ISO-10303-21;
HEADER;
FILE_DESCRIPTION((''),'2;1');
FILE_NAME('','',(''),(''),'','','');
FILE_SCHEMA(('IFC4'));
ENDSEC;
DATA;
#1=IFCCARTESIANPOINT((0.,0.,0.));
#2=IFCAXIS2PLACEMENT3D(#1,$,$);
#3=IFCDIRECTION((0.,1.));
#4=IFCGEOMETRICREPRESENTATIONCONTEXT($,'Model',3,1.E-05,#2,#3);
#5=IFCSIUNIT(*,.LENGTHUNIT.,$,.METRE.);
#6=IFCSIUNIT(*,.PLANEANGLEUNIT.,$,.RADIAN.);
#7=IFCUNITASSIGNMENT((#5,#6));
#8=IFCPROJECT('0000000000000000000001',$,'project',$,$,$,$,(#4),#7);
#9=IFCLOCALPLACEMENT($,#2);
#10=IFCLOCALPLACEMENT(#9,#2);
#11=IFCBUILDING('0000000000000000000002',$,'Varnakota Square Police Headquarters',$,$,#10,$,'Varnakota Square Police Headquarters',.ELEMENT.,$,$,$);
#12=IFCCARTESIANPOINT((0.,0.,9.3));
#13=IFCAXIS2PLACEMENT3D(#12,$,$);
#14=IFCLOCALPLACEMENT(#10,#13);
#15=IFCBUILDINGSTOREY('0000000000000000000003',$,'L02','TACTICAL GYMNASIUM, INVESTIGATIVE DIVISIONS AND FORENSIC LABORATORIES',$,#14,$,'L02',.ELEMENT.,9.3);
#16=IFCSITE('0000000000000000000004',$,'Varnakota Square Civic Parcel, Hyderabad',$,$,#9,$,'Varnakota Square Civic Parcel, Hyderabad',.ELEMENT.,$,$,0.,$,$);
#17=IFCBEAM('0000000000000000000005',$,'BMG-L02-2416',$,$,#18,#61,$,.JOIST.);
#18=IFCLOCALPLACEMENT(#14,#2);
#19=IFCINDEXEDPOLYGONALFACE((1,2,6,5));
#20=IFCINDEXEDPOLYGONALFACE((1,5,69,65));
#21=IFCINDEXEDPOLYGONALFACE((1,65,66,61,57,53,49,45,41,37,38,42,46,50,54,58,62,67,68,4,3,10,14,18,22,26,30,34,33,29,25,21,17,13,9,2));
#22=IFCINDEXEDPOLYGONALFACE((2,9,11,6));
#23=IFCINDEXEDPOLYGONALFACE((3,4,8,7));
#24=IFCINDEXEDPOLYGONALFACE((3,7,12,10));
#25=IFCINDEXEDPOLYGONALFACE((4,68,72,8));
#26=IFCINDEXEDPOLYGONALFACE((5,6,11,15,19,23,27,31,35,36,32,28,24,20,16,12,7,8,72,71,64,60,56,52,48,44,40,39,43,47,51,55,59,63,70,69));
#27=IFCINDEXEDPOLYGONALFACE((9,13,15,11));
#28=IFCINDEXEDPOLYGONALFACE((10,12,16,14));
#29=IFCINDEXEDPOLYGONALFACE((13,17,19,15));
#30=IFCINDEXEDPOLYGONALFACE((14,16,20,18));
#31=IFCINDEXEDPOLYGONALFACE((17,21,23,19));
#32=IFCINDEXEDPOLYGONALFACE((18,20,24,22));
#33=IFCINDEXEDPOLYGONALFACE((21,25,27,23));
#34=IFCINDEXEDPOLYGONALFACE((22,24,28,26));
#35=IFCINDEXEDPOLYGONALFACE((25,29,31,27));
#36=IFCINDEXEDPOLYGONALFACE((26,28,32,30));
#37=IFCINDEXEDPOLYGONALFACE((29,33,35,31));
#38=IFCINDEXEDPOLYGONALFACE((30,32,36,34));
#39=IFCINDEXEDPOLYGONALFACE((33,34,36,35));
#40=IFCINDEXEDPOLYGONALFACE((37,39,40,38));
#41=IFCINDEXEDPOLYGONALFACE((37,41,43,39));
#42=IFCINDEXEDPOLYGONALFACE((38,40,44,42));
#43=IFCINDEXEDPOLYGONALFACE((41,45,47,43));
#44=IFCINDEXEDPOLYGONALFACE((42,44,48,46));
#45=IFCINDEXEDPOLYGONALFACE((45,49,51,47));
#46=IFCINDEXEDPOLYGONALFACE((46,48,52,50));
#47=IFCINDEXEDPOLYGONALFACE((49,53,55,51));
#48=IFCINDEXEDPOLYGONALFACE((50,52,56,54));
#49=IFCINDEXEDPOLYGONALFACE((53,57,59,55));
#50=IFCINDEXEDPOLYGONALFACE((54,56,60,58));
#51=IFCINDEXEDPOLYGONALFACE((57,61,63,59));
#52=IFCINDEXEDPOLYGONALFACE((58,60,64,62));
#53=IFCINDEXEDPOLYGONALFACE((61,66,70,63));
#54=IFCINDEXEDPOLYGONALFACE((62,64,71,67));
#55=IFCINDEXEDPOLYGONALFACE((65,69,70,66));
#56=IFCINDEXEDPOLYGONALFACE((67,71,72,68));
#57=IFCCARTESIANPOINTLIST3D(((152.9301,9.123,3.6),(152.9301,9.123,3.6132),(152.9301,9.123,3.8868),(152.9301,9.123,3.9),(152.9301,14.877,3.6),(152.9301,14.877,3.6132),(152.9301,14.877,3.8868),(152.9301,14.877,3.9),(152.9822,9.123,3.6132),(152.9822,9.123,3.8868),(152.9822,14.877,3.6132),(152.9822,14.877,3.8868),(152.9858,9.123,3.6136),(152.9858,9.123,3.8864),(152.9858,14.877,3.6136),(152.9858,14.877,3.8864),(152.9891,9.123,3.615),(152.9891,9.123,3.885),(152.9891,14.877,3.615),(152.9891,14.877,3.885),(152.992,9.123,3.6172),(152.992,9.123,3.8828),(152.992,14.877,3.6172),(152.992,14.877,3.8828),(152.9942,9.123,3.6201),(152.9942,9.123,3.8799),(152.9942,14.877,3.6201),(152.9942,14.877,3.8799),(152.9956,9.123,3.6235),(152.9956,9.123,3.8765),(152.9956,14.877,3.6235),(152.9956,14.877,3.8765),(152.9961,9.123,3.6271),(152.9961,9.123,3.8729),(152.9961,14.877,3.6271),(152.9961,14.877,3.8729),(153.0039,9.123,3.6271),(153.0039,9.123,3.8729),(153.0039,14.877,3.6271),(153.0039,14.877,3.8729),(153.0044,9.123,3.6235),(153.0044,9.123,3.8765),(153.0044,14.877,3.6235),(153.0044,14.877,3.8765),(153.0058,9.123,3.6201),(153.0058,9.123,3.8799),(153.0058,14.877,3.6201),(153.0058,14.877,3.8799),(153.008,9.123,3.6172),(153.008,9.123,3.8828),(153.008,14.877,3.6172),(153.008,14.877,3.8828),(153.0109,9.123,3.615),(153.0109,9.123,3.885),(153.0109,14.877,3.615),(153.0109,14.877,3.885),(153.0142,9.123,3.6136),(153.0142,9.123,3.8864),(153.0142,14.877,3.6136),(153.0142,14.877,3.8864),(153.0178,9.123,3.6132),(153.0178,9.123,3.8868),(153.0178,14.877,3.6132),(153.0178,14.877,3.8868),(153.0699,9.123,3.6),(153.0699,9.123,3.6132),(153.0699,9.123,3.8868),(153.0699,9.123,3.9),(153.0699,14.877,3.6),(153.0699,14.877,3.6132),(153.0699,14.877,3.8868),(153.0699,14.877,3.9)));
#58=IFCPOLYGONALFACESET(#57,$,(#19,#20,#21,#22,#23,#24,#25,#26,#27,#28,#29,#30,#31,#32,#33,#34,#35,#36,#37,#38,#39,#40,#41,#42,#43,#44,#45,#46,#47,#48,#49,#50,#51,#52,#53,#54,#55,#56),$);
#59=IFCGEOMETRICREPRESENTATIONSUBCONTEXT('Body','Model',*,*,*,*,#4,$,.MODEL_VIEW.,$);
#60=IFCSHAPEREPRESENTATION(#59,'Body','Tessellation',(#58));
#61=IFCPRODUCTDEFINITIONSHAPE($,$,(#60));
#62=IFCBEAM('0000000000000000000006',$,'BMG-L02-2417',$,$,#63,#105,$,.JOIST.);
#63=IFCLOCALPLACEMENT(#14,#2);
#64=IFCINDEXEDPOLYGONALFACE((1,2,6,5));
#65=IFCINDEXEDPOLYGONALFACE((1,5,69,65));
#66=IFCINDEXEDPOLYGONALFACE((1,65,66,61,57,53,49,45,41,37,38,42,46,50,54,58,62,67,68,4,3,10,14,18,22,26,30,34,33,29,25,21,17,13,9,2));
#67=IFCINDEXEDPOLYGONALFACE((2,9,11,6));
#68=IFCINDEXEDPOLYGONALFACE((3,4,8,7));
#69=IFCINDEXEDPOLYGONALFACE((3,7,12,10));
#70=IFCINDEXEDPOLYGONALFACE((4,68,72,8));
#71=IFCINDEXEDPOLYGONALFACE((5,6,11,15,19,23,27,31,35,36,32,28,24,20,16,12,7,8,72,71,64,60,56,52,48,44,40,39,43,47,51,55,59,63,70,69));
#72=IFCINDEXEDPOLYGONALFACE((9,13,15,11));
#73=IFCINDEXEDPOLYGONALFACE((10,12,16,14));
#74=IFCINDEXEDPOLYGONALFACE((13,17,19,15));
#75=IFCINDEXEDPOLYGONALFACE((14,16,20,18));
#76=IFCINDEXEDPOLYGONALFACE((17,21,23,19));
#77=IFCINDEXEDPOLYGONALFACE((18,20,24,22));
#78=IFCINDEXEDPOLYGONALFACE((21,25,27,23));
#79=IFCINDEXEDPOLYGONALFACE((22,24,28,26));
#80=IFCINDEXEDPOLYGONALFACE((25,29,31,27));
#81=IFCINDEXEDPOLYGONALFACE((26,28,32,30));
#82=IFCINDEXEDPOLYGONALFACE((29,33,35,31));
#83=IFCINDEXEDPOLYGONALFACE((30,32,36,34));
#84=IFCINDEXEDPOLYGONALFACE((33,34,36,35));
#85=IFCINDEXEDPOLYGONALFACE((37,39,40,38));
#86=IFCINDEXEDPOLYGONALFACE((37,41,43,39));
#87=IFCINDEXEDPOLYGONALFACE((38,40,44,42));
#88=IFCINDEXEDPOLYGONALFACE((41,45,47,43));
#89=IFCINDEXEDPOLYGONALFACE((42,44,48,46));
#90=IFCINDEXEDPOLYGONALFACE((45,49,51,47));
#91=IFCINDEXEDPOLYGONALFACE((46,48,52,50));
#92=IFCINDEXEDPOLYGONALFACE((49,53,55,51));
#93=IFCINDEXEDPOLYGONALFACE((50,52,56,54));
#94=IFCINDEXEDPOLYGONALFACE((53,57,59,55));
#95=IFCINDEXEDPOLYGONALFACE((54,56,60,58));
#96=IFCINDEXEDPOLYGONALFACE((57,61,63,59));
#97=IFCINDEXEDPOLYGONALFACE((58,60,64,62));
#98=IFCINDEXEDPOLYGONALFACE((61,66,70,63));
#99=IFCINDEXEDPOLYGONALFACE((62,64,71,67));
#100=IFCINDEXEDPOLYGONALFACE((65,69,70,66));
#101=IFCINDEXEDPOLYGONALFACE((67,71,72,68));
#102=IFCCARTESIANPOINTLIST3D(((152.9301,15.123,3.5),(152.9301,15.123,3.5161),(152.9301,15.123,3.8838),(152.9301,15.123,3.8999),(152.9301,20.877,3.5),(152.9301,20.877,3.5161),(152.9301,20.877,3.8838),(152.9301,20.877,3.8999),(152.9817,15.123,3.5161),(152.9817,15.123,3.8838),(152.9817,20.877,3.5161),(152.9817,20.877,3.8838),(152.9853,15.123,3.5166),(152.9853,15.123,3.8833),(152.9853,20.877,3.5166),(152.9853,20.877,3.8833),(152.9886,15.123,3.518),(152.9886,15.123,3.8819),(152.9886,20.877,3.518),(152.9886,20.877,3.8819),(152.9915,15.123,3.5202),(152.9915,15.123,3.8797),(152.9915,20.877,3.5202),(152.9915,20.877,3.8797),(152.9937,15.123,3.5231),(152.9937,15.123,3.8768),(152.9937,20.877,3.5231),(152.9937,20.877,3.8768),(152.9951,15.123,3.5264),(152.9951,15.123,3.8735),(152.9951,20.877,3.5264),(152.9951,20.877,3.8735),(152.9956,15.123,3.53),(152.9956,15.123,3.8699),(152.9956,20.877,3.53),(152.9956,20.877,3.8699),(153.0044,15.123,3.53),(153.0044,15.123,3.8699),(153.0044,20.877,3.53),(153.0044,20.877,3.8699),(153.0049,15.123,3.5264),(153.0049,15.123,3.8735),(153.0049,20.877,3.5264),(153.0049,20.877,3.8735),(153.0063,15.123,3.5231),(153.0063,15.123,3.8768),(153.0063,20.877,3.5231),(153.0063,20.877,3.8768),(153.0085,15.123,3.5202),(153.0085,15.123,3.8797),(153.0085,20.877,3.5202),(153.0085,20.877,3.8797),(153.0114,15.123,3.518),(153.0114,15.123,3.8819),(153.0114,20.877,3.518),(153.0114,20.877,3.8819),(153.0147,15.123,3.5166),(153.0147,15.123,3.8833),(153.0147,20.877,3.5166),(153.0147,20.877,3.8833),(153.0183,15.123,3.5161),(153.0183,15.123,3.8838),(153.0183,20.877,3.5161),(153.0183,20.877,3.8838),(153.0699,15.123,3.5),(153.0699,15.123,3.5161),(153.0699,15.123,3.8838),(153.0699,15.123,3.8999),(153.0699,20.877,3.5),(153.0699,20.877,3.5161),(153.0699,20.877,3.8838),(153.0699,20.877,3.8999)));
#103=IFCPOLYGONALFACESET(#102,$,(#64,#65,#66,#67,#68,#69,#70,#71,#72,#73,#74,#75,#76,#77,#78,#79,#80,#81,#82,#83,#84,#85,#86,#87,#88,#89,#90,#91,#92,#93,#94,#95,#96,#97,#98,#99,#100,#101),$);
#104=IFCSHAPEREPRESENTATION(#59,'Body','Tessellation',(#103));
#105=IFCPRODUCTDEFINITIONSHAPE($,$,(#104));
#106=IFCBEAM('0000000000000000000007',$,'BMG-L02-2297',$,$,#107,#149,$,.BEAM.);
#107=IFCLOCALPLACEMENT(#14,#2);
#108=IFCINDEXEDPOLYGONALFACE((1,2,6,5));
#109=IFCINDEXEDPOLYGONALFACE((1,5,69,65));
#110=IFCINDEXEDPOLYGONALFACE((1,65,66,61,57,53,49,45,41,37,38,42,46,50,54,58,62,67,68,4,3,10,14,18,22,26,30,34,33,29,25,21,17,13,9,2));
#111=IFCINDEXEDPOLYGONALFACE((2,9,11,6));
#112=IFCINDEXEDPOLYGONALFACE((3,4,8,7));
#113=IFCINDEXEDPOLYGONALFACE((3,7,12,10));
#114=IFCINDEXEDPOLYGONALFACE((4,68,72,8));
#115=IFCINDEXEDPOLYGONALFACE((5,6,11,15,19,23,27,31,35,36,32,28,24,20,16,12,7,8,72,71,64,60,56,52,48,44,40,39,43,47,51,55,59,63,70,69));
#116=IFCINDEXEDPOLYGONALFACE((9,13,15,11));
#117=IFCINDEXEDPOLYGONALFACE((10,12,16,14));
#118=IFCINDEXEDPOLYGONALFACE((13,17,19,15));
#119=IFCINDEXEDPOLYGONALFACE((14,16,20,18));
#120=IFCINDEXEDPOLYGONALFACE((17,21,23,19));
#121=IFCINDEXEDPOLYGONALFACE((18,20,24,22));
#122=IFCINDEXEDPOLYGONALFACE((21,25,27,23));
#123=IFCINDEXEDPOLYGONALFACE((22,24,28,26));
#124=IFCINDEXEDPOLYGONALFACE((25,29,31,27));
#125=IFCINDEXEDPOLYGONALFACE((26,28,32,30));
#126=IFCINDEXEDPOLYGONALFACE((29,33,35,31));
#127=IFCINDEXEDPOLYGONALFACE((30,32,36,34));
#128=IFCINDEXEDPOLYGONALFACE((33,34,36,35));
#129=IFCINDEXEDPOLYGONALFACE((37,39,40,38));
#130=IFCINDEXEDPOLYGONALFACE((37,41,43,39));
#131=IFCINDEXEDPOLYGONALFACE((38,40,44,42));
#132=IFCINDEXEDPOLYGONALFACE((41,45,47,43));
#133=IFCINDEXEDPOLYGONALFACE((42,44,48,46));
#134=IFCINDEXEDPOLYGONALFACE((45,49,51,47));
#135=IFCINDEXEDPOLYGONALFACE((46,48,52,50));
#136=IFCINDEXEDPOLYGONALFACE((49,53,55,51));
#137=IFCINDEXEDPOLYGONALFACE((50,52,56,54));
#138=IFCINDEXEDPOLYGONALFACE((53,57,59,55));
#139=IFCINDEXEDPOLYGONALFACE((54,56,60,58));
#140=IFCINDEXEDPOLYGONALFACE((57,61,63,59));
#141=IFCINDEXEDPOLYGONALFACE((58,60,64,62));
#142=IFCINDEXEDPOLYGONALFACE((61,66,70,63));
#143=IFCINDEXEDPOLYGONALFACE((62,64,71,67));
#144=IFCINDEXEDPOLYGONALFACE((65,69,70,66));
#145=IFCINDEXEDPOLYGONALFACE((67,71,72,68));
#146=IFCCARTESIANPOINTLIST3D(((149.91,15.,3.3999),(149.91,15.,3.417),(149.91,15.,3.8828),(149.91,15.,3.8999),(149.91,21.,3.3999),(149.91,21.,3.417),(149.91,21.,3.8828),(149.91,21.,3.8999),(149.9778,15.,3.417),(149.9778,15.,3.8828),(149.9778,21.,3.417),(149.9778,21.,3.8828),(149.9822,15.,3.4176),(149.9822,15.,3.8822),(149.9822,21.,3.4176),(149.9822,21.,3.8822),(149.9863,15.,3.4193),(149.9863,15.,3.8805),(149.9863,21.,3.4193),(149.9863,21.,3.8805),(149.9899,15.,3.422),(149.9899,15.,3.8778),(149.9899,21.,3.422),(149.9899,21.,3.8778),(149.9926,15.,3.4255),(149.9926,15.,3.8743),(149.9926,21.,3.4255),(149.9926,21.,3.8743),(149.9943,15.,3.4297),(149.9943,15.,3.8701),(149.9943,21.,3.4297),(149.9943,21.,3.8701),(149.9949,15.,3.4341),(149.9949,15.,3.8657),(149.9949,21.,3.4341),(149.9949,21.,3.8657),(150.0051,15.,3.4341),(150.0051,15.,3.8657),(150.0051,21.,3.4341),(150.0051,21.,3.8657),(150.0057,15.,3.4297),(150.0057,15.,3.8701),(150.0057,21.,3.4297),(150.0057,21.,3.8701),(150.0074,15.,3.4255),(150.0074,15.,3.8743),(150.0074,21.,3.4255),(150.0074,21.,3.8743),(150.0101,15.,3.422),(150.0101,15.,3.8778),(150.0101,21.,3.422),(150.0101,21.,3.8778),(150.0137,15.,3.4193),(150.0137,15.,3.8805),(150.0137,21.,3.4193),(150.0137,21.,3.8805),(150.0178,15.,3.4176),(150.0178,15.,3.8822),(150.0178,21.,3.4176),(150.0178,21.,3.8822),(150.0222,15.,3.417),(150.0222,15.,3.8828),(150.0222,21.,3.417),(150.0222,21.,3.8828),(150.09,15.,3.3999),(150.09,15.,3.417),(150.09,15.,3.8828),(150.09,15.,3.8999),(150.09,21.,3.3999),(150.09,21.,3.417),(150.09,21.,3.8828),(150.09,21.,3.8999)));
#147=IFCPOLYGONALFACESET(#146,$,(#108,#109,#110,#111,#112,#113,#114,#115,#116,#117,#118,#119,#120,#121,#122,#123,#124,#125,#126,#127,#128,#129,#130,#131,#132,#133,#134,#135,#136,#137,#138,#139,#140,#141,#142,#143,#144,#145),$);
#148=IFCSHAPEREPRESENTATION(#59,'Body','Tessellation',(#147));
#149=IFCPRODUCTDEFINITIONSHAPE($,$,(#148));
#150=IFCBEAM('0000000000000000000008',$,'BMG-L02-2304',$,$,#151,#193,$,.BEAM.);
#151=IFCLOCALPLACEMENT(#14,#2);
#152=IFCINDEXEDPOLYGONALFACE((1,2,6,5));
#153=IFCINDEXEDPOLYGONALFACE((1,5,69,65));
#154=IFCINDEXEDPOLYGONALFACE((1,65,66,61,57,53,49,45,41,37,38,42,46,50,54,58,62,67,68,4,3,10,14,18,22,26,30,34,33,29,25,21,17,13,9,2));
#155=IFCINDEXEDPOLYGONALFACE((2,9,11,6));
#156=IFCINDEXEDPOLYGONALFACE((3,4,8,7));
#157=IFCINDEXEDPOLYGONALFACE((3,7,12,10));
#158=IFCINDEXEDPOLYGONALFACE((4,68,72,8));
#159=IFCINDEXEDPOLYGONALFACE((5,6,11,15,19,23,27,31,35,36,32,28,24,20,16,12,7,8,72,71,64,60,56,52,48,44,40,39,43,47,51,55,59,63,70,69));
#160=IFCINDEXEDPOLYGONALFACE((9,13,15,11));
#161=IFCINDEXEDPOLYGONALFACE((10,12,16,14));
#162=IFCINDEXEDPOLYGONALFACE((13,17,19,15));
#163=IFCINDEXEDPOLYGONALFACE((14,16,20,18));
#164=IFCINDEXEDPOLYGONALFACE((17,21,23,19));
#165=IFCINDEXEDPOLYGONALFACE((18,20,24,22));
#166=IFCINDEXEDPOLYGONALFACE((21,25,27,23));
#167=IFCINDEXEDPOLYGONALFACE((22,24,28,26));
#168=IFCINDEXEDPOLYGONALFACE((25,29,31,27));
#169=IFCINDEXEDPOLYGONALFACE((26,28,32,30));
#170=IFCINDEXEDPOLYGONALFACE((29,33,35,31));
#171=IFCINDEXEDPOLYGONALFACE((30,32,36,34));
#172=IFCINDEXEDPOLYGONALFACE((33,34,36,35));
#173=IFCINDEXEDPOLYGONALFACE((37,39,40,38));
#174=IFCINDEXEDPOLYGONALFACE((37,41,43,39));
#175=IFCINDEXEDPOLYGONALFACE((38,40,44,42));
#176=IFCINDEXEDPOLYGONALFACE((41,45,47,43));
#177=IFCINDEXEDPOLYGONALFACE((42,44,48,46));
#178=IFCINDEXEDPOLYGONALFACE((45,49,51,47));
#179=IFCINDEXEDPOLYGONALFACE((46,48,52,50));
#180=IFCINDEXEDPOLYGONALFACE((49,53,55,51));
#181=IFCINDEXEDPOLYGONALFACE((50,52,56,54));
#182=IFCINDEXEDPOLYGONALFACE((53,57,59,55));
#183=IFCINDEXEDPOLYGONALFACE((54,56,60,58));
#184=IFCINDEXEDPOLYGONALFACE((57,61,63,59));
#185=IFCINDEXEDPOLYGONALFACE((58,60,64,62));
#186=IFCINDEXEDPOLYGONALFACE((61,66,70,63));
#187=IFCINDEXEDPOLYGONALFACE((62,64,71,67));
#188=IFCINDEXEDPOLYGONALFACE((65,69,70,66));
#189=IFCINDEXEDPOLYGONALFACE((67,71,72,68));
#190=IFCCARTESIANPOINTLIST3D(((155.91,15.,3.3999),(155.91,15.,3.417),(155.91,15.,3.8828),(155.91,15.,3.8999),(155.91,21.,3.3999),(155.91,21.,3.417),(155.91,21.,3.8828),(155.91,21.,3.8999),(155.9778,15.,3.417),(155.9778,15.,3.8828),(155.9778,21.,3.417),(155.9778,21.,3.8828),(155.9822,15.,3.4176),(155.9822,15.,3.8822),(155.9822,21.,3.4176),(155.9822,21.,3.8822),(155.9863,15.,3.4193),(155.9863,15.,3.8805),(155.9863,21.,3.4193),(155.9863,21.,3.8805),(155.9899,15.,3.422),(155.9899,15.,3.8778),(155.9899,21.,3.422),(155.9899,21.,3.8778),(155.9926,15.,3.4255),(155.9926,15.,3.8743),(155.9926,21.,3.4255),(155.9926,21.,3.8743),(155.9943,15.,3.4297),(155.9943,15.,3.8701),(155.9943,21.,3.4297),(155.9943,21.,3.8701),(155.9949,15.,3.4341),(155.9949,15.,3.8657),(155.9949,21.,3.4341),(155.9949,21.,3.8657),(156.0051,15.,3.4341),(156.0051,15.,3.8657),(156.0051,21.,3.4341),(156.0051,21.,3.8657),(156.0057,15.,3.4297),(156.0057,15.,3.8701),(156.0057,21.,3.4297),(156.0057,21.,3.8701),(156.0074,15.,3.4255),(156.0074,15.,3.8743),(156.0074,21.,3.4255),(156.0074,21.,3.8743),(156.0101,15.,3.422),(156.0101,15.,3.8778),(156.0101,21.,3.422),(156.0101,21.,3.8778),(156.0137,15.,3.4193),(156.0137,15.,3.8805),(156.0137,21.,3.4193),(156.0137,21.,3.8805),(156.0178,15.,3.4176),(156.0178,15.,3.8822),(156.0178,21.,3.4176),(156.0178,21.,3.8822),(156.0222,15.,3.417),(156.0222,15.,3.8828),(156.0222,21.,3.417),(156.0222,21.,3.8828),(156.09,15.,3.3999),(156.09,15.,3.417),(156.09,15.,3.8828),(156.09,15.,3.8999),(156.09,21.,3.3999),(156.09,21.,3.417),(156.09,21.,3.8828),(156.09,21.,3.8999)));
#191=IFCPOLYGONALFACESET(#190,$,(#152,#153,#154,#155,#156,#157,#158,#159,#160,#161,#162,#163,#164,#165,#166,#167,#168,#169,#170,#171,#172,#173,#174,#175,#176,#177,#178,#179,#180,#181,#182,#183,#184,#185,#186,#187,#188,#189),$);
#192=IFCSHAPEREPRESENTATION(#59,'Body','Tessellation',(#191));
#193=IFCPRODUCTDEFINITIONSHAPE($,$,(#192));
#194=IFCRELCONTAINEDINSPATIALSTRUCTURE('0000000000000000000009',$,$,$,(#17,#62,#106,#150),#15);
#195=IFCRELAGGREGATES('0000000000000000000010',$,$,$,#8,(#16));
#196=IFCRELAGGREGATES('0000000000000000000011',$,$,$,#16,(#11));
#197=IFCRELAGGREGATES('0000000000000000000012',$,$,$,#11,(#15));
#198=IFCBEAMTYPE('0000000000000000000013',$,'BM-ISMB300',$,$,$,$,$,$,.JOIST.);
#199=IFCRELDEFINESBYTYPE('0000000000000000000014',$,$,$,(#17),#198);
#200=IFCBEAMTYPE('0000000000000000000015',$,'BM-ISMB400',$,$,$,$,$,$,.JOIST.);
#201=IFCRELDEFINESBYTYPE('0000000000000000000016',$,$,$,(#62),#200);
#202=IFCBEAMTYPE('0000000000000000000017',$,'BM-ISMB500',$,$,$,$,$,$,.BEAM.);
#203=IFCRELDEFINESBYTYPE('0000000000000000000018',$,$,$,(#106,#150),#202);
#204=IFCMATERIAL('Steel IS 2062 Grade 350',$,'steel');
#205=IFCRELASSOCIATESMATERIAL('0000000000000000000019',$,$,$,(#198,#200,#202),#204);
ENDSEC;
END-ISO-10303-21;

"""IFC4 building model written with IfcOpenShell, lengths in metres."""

from ifc_helpers import new_model, si_unit, direction, frame, origin, origin_2d, place, context, subcontext, project, spatial, i_section, extrude, material, material_profile, profile_set, type_object, element, save


model = new_model("IFC4")

# Units and contexts
model_context = context("Model", 3, precision=1e-05, world=origin(), true_north=direction((0.0, 1.0)))
body_context = subcontext(model_context, "Body", "Model", "MODEL_VIEW")
ifc_project = project(units=[si_unit("LENGTHUNIT", "METRE"), si_unit("PLANEANGLEUNIT", "RADIAN")], contexts=[model_context])

# Site, building, storey
site_placement = place(None, origin())
site = spatial("IfcSite", under=ifc_project, at=site_placement, Name="Varnakota Square Civic Parcel, Hyderabad", LongName="Varnakota Square Civic Parcel, Hyderabad", CompositionType="ELEMENT", RefElevation=0.0)
building_placement = place(site_placement, origin())
building = spatial("IfcBuilding", under=site, at=building_placement, Name="Varnakota Square Police Headquarters", LongName="Varnakota Square Police Headquarters", CompositionType="ELEMENT")
storey_placement = place(building_placement, frame((0.0, 0.0, 9.3)))
storey = spatial("IfcBuildingStorey", under=building, at=storey_placement, Name="L02", Description="TACTICAL GYMNASIUM, INVESTIGATIVE DIVISIONS AND FORENSIC LABORATORIES", LongName="L02", CompositionType="ELEMENT", Elevation=9.3)

# Shared definitions
ifc_material_1 = material(Name="Steel IS 2062 Grade 350", Category="steel")

# Beams
ifc_material_profile_1 = material_profile(ifc_material_1, i_section(OverallWidth=0.1399, OverallDepth=0.3, WebThickness=0.0078, FlangeThickness=0.0132, FilletRadius=0.0139, at=origin_2d()), Name="ISMB 300")
ifc_profile_set_1 = profile_set([ifc_material_profile_1], Name="Steel IS 2062 Grade 350")
beam_type_1 = type_object("IfcBeamType", Name="BM-ISMB300", PredefinedType="JOIST", material=ifc_profile_set_1)
beam_1_placement = place(storey_placement, frame((153.0, 9.123, 3.75), z_axis=(0.0, 1.0, 0.0), x_axis=(-1.0, 0.0, 0.0)))
element("IfcBeam", 1, at=beam_1_placement, inside=storey, type_object=beam_type_1, Name="BMG-L02-2416", PredefinedType="JOIST", context=body_context, shape_type="SweptSolid", body=[
    extrude(i_section(OverallWidth=0.1399, OverallDepth=0.3, WebThickness=0.0078, FlangeThickness=0.0132, FilletRadius=0.0139, at=origin_2d()), origin(), (0.0, 0.0, 1.0), 5.7539),
])
ifc_material_profile_2 = material_profile(ifc_material_1, i_section(OverallWidth=0.1399, OverallDepth=0.3999, WebThickness=0.0088, FlangeThickness=0.0161, FilletRadius=0.0139, at=origin_2d()), Name="ISMB 400")
ifc_profile_set_2 = profile_set([ifc_material_profile_2], Name="Steel IS 2062 Grade 350")
beam_type_2 = type_object("IfcBeamType", Name="BM-ISMB400", PredefinedType="JOIST", material=ifc_profile_set_2)
beam_2_placement = place(storey_placement, frame((153.0, 15.123, 3.7), z_axis=(0.0, 1.0, 0.0), x_axis=(-1.0, 0.0, 0.0)))
element("IfcBeam", 2, at=beam_2_placement, inside=storey, type_object=beam_type_2, Name="BMG-L02-2417", PredefinedType="JOIST", context=body_context, shape_type="SweptSolid", body=[
    extrude(i_section(OverallWidth=0.1399, OverallDepth=0.3999, WebThickness=0.0088, FlangeThickness=0.0161, FilletRadius=0.0139, at=origin_2d()), origin(), (0.0, 0.0, 1.0), 5.7539),
])
ifc_material_profile_3 = material_profile(ifc_material_1, i_section(OverallWidth=0.1799, OverallDepth=0.5, WebThickness=0.0103, FlangeThickness=0.0171, FilletRadius=0.0171, at=origin_2d()), Name="ISMB 500")
ifc_profile_set_3 = profile_set([ifc_material_profile_3], Name="Steel IS 2062 Grade 350")
beam_type_3 = type_object("IfcBeamType", Name="BM-ISMB500", PredefinedType="BEAM", material=ifc_profile_set_3)
for number, where, z_axis, x_axis, name in (
    (3, (150.0, 15.0, 3.6499), (0.0, 1.0, 0.0), (-1.0, 0.0, 0.0), "BMG-L02-2297"),
    (4, (156.0, 15.0, 3.6499), (0.0, 1.0, 0.0), (-1.0, 0.0, 0.0), "BMG-L02-2304"),
):
    element("IfcBeam", number, at=place(storey_placement, frame(where, z_axis=z_axis, x_axis=x_axis)), inside=storey, type_object=beam_type_3, Name=name, PredefinedType="BEAM", context=body_context, shape_type="SweptSolid", body=[
        extrude(i_section(OverallWidth=0.1799, OverallDepth=0.5, WebThickness=0.0103, FlangeThickness=0.0171, FilletRadius=0.0171, at=origin_2d()), origin(), (0.0, 0.0, 1.0), 6.0),
    ])

save(model, "model.ifc")
